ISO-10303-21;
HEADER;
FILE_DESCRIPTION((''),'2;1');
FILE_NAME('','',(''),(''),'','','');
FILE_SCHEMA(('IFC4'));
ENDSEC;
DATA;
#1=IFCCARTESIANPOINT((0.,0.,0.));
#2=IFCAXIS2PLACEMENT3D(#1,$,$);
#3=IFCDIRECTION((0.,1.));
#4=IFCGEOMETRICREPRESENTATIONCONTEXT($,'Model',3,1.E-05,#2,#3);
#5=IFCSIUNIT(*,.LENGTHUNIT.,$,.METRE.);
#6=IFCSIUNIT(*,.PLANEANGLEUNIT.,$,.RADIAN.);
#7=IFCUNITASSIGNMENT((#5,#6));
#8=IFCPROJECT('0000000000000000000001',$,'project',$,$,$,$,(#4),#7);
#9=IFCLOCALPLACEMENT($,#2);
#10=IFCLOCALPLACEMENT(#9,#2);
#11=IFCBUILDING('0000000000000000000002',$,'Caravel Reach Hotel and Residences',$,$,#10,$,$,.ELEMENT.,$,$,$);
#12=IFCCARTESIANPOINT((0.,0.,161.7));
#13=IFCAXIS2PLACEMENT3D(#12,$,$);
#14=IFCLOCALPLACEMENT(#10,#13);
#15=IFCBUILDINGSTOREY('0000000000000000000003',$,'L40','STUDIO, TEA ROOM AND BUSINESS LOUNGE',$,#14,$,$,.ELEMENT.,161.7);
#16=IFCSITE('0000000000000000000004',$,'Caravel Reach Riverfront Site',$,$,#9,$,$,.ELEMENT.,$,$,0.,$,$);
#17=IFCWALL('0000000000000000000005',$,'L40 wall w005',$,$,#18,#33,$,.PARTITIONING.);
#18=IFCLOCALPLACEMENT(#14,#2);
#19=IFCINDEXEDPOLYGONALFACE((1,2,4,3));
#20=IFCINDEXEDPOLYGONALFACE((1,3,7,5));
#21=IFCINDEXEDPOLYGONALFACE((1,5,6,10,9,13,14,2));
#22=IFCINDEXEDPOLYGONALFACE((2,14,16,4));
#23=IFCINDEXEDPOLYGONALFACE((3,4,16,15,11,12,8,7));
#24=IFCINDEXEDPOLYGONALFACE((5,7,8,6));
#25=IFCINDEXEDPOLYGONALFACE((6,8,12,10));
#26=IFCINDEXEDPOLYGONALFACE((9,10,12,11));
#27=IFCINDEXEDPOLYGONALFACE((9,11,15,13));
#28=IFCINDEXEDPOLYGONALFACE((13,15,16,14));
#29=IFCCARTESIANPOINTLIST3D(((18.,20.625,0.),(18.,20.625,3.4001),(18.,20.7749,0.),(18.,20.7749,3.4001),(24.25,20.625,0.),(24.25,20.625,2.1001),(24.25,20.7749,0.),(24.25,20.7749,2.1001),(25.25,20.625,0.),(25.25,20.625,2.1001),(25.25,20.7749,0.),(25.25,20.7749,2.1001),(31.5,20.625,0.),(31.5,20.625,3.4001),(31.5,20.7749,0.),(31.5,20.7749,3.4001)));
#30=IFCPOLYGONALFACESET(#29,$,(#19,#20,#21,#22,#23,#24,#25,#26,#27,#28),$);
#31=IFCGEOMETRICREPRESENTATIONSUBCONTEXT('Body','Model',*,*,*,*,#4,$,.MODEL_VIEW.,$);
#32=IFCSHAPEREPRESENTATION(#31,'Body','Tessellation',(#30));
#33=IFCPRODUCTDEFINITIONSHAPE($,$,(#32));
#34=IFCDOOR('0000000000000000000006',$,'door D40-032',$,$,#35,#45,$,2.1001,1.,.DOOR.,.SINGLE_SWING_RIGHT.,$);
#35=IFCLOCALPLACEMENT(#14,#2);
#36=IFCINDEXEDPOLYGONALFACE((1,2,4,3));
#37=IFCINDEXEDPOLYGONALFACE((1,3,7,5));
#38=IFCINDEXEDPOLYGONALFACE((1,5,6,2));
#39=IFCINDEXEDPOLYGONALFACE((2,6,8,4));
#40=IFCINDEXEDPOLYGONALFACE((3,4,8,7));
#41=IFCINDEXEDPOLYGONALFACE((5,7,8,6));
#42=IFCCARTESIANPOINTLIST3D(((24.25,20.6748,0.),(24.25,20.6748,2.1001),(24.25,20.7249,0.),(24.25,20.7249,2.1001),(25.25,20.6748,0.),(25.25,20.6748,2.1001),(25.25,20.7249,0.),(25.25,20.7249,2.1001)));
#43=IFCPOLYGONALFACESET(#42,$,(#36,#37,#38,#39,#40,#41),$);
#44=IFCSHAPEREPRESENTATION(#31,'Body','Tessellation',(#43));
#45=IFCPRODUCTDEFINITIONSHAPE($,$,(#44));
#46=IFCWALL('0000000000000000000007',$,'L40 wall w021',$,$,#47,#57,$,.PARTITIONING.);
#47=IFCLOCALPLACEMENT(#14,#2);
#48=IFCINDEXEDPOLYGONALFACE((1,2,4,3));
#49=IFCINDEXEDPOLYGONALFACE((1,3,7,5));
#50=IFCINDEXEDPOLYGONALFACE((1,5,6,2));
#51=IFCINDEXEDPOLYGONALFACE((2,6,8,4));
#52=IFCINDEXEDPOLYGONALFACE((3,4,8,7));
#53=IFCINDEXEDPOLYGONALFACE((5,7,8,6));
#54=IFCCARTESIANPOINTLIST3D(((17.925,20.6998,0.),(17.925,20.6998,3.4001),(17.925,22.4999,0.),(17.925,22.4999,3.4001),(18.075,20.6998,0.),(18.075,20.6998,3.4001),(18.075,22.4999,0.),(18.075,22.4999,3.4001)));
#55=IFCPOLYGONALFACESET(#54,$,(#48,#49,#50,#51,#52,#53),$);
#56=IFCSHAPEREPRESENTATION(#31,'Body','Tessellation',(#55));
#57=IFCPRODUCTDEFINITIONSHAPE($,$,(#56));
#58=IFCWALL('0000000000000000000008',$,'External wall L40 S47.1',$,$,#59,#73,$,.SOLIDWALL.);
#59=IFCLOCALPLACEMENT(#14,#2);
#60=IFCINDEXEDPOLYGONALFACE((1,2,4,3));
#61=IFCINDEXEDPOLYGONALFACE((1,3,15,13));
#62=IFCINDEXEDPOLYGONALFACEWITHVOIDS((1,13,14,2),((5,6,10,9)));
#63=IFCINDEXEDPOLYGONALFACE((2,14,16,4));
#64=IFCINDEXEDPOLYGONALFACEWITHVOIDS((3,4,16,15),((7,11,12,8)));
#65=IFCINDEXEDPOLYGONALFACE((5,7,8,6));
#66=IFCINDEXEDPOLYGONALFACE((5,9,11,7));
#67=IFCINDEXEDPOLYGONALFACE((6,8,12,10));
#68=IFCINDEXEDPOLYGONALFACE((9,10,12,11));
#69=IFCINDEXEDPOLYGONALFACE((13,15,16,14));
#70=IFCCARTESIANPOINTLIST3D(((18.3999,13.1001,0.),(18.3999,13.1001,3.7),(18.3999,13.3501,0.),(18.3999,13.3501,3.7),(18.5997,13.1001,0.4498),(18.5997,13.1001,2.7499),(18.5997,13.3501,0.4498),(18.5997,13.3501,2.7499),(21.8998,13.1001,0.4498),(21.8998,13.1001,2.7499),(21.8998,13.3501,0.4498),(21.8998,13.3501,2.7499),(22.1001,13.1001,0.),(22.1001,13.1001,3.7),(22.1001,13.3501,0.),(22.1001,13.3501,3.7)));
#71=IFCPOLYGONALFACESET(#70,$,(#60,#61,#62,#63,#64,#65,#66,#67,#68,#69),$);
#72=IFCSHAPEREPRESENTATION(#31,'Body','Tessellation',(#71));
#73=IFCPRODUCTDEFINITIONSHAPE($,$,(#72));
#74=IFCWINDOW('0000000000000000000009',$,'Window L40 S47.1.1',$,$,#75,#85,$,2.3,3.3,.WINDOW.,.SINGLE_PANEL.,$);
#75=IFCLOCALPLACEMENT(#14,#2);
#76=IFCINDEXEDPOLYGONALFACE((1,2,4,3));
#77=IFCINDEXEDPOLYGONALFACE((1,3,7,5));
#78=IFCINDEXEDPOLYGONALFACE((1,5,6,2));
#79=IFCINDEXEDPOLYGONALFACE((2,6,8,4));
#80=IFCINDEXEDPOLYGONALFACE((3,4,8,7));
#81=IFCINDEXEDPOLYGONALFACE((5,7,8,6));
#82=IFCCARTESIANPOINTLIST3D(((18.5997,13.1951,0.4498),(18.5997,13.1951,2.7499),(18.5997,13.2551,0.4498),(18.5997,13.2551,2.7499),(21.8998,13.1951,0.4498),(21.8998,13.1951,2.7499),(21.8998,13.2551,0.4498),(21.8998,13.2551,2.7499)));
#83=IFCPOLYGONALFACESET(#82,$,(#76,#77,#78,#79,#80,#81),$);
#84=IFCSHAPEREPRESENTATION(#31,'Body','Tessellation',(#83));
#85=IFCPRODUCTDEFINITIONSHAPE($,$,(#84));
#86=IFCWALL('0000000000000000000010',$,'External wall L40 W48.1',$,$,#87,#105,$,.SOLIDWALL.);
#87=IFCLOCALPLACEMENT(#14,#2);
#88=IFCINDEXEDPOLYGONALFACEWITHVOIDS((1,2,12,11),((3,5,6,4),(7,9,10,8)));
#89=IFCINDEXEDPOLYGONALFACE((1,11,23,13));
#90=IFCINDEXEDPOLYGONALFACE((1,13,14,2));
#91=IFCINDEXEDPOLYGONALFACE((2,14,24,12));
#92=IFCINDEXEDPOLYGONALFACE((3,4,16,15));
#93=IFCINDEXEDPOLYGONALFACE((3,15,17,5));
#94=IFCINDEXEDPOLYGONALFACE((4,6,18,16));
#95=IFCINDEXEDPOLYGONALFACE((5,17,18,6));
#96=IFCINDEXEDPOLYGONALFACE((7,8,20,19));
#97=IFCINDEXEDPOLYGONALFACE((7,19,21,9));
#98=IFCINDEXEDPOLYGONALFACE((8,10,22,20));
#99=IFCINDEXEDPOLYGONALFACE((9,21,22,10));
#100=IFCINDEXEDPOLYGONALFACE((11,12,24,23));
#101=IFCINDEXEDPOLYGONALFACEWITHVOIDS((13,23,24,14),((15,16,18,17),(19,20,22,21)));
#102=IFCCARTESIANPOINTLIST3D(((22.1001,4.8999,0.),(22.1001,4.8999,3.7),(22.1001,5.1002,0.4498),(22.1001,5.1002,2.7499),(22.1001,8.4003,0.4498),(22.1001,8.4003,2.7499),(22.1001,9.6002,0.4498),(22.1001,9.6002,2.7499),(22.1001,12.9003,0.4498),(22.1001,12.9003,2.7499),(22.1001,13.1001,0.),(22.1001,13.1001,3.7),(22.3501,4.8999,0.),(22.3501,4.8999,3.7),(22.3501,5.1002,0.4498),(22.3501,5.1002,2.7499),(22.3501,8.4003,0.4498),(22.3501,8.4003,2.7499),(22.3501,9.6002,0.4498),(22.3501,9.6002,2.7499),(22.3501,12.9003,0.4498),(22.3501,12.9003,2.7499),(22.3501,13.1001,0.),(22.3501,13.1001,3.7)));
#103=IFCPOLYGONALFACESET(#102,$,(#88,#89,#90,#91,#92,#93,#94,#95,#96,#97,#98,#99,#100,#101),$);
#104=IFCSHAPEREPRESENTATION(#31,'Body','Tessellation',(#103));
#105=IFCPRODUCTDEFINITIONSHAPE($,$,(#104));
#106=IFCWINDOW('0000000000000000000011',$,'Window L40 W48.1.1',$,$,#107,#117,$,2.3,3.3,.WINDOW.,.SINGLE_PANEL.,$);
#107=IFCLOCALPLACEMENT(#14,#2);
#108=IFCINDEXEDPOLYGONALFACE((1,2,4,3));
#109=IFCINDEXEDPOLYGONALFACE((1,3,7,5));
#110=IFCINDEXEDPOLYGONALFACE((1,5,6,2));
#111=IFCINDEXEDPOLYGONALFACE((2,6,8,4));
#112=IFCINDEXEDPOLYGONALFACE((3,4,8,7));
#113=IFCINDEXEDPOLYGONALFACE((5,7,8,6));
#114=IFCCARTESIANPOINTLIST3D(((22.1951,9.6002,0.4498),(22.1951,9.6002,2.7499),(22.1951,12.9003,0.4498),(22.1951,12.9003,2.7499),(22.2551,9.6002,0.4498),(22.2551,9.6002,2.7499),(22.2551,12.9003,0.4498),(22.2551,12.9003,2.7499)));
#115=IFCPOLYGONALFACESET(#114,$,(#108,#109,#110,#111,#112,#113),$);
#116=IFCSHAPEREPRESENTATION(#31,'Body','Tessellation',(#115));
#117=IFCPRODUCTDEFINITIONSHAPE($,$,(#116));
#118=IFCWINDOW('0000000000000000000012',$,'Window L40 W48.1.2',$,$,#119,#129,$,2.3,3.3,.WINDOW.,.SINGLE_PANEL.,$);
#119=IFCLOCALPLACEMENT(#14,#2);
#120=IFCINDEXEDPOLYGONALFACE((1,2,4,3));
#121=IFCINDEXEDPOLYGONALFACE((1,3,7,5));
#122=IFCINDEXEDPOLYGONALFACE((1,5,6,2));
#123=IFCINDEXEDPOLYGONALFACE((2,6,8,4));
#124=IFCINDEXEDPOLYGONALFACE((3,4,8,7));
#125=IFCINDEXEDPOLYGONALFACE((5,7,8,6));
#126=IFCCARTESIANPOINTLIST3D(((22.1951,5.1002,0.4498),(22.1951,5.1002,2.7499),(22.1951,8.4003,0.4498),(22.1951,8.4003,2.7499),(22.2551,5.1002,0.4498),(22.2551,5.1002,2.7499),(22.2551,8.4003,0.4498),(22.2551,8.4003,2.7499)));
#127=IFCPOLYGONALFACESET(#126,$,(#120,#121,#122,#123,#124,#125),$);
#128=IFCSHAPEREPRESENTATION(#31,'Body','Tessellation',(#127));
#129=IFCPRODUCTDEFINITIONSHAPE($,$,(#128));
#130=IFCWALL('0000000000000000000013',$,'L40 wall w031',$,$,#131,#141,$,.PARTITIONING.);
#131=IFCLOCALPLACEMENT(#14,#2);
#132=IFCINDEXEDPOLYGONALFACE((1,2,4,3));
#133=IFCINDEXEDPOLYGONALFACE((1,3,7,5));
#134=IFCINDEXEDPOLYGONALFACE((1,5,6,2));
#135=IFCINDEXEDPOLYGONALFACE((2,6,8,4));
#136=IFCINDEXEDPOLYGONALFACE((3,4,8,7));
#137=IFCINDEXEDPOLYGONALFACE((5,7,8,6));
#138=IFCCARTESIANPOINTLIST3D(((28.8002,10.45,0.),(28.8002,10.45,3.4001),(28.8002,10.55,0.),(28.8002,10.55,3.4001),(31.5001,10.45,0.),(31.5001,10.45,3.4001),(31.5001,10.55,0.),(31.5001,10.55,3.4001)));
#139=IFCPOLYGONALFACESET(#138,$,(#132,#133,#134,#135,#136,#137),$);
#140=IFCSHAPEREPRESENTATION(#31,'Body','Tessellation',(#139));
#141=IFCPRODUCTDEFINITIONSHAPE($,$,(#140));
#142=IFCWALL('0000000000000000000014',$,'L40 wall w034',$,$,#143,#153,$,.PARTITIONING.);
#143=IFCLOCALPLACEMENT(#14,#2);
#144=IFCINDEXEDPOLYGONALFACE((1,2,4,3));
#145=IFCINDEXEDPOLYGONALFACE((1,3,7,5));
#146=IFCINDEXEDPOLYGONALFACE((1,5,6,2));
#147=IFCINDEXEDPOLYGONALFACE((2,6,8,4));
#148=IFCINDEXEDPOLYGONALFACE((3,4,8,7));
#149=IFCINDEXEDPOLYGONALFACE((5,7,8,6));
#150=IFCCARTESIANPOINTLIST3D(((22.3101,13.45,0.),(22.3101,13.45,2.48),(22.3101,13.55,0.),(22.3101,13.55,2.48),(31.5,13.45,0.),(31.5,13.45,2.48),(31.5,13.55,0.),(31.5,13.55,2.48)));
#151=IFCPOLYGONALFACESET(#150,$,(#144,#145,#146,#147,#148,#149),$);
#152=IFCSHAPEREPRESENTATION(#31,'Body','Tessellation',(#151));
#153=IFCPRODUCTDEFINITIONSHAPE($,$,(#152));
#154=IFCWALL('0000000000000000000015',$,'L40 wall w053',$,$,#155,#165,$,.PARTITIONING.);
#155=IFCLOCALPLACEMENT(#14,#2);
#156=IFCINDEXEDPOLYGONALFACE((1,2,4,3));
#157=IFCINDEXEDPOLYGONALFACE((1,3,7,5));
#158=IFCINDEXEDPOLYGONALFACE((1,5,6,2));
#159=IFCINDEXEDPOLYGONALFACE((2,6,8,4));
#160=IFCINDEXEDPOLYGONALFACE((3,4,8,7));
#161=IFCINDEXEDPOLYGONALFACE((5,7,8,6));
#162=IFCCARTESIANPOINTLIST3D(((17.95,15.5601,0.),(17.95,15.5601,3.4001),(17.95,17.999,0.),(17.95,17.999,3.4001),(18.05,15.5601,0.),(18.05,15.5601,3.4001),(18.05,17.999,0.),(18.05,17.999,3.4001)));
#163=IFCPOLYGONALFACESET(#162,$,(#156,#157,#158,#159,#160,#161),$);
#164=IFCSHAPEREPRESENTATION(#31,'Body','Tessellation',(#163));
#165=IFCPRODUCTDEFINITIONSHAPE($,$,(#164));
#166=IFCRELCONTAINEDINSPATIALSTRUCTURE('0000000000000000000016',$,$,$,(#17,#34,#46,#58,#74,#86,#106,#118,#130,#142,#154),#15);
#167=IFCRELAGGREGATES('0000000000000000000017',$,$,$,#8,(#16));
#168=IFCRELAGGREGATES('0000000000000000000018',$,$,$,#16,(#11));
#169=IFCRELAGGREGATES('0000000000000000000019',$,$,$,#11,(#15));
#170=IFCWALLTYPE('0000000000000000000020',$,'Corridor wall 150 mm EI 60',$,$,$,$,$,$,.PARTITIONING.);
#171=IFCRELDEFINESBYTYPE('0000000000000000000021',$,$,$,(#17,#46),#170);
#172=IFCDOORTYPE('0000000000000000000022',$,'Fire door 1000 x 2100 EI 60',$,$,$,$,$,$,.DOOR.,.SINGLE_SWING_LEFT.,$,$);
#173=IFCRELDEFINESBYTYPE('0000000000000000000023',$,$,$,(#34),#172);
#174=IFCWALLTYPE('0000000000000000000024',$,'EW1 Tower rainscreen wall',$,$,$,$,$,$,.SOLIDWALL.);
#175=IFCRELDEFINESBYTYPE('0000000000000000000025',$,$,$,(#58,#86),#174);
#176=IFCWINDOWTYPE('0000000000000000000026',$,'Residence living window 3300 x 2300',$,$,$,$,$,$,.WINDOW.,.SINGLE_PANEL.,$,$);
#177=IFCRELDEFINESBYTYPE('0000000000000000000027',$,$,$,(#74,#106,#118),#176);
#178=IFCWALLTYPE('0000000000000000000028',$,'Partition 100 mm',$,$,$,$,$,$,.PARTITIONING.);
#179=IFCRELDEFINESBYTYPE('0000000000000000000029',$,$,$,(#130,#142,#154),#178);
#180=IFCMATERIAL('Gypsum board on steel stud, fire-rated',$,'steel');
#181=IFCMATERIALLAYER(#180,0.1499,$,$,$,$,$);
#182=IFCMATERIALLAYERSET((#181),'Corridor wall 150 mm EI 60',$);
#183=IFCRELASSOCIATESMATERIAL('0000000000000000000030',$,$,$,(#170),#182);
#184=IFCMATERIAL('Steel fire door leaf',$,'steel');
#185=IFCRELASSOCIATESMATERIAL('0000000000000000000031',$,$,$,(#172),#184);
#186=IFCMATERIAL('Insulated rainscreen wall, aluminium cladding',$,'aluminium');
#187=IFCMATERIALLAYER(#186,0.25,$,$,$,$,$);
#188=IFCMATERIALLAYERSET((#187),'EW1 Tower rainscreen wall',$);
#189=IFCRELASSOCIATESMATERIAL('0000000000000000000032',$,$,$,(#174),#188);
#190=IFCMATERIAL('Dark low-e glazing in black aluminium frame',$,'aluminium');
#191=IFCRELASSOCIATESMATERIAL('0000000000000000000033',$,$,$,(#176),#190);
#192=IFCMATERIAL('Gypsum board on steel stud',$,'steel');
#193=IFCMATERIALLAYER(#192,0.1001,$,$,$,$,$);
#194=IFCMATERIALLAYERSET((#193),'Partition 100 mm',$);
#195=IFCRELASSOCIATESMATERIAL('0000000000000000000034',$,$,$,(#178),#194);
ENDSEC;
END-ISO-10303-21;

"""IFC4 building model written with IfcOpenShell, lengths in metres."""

from ifc_helpers import new_model, si_unit, direction, frame, frame_2d, origin, place, context, subcontext, project, spatial, rectangle, extrude, material, layer, layer_set, type_object, element, fill, save


model = new_model("IFC4")

# Units and contexts
model_context = context("Model", 3, precision=1e-05, world=origin(), true_north=direction((0.0, 1.0)))
body_context = subcontext(model_context, "Body", "Model", "MODEL_VIEW")
ifc_project = project(units=[si_unit("LENGTHUNIT", "METRE"), si_unit("PLANEANGLEUNIT", "RADIAN")], contexts=[model_context])

# Site, building, storey
site_placement = place(None, origin())
site = spatial("IfcSite", under=ifc_project, at=site_placement, Name="Caravel Reach Riverfront Site", CompositionType="ELEMENT", RefElevation=0.0)
building_placement = place(site_placement, origin())
building = spatial("IfcBuilding", under=site, at=building_placement, Name="Caravel Reach Hotel and Residences", CompositionType="ELEMENT")
storey_placement = place(building_placement, frame((0.0, 0.0, 161.7)))
storey = spatial("IfcBuildingStorey", under=building, at=storey_placement, Name="L40", Description="STUDIO, TEA ROOM AND BUSINESS LOUNGE", CompositionType="ELEMENT", Elevation=161.7)

# Wall, opening, door
ifc_material_1 = material(Name="Gypsum board on steel stud, fire-rated", Category="steel")
ifc_layer_1 = layer(ifc_material_1, 0.1499)
ifc_layer_set_1 = layer_set([ifc_layer_1], Name="Corridor wall 150 mm EI 60")
wall_type_1 = type_object("IfcWallType", Name="Corridor wall 150 mm EI 60", PredefinedType="PARTITIONING", material=ifc_layer_set_1)
wall_1_placement = place(storey_placement, frame((18.0, 20.7, 0.0), z_axis=(0.0, 0.0, 1.0), x_axis=(1.0, 0.0, 0.0)))
wall_1 = element("IfcWall", 1, at=wall_1_placement, inside=storey, type_object=wall_type_1, Name="L40 wall w005", PredefinedType="PARTITIONING", context=body_context, shape_type="SweptSolid", body=[
    extrude(rectangle(XDim=13.5, YDim=0.1499, at=frame_2d((6.75, 0.0))), origin(), (0.0, 0.0, 1.0), 3.4001),
])
opening_1_placement = place(wall_1_placement, frame((6.25, 0.0, 0.0)))
opening_1 = element("IfcOpeningElement", 2, at=opening_1_placement, cuts=wall_1, PredefinedType="OPENING", context=body_context, shape_type="SweptSolid", body=[
    extrude(rectangle(XDim=1.0, YDim=2.1001, at=frame_2d((0.5, 1.05))), frame((0.0, 0.085, 0.0), z_axis=(0.0, -1.0, 0.0), x_axis=(1.0, 0.0, 0.0)), (0.0, 0.0, 1.0), 0.1699),
])
ifc_material_2 = material(Name="Steel fire door leaf", Category="steel")
door_type_1 = type_object("IfcDoorType", Name="Fire door 1000 x 2100 EI 60", OperationType="SINGLE_SWING_LEFT", PredefinedType="DOOR", material=ifc_material_2)
door_1_placement = place(opening_1_placement, origin())
door_1 = element("IfcDoor", 3, at=door_1_placement, inside=storey, type_object=door_type_1, Name="door D40-032", OperationType="SINGLE_SWING_RIGHT", OverallHeight=2.1001, OverallWidth=1.0, PredefinedType="DOOR", context=body_context, shape_type="SweptSolid", body=[
    extrude(rectangle(XDim=1.0, YDim=2.1001, at=frame_2d((0.5, 1.05))), frame((0.0, 0.0249, 0.0), z_axis=(0.0, -1.0, 0.0), x_axis=(1.0, 0.0, 0.0)), (0.0, 0.0, 1.0), 0.05),
])
fill(opening_1, door_1)

# Wall
wall_2_placement = place(storey_placement, frame((18.0, 20.7, 0.0), z_axis=(0.0, 0.0, 1.0), x_axis=(0.0, 1.0, 0.0)))
element("IfcWall", 4, at=wall_2_placement, inside=storey, type_object=wall_type_1, Name="L40 wall w021", PredefinedType="PARTITIONING", context=body_context, shape_type="SweptSolid", body=[
    extrude(rectangle(XDim=1.8, YDim=0.1499, at=frame_2d((0.8999, 0.0))), origin(), (0.0, 0.0, 1.0), 3.4001),
])

# Wall, opening, window
ifc_material_3 = material(Name="Insulated rainscreen wall, aluminium cladding", Category="aluminium")
ifc_layer_2 = layer(ifc_material_3, 0.25)
ifc_layer_set_2 = layer_set([ifc_layer_2], Name="EW1 Tower rainscreen wall")
wall_type_2 = type_object("IfcWallType", Name="EW1 Tower rainscreen wall", PredefinedType="SOLIDWALL", material=ifc_layer_set_2)
wall_3_placement = place(storey_placement, frame((18.3999, 13.2251, 0.0), z_axis=(0.0, 0.0, 1.0), x_axis=(1.0, 0.0, 0.0)))
wall_3 = element("IfcWall", 5, at=wall_3_placement, inside=storey, type_object=wall_type_2, Name="External wall L40 S47.1", PredefinedType="SOLIDWALL", context=body_context, shape_type="SweptSolid", body=[
    extrude(rectangle(XDim=3.7002, YDim=0.25, at=frame_2d((1.8501, 0.0))), origin(), (0.0, 0.0, 1.0), 3.7),
])
opening_2_placement = place(wall_3_placement, frame((0.2, 0.0, 0.45)))
opening_2 = element("IfcOpeningElement", 6, at=opening_2_placement, cuts=wall_3, PredefinedType="OPENING", context=body_context, shape_type="SweptSolid", body=[
    extrude(rectangle(XDim=3.3, YDim=2.3, at=frame_2d((1.6499, 1.1499))), frame((0.0, 0.135, 0.0), z_axis=(0.0, -1.0, 0.0), x_axis=(1.0, 0.0, 0.0)), (0.0, 0.0, 1.0), 0.27),
])
ifc_material_4 = material(Name="Dark low-e glazing in black aluminium frame", Category="aluminium")
window_type = type_object("IfcWindowType", Name="Residence living window 3300 x 2300", PartitioningType="SINGLE_PANEL", PredefinedType="WINDOW", material=ifc_material_4)
window_1_placement = place(opening_2_placement, origin())
window_1 = element("IfcWindow", 7, at=window_1_placement, inside=storey, type_object=window_type, Name="Window L40 S47.1.1", OverallHeight=2.3, OverallWidth=3.3, PartitioningType="SINGLE_PANEL", PredefinedType="WINDOW", context=body_context, shape_type="SweptSolid", body=[
    extrude(rectangle(XDim=3.3, YDim=2.3, at=frame_2d((1.6499, 1.1499))), frame((0.0, 0.03, 0.0), z_axis=(0.0, -1.0, 0.0), x_axis=(1.0, 0.0, 0.0)), (0.0, 0.0, 1.0), 0.0601),
])
fill(opening_2, window_1)

# Wall, openings, windows
wall_4_placement = place(storey_placement, frame((22.2251, 13.1001, 0.0), z_axis=(0.0, 0.0, 1.0), x_axis=(0.0, -1.0, 0.0)))
wall_4 = element("IfcWall", 8, at=wall_4_placement, inside=storey, type_object=wall_type_2, Name="External wall L40 W48.1", PredefinedType="SOLIDWALL", context=body_context, shape_type="SweptSolid", body=[
    extrude(rectangle(XDim=8.2002, YDim=0.25, at=frame_2d((4.1001, 0.0))), origin(), (0.0, 0.0, 1.0), 3.7),
])
opening_3_placement = place(wall_4_placement, frame((0.2, 0.0, 0.45)))
opening_3 = element("IfcOpeningElement", 9, at=opening_3_placement, cuts=wall_4, PredefinedType="OPENING", context=body_context, shape_type="SweptSolid", body=[
    extrude(rectangle(XDim=3.3, YDim=2.3, at=frame_2d((1.6499, 1.1499))), frame((0.0, 0.135, 0.0), z_axis=(0.0, -1.0, 0.0), x_axis=(1.0, 0.0, 0.0)), (0.0, 0.0, 1.0), 0.27),
])
opening_4_placement = place(wall_4_placement, frame((4.7, 0.0, 0.45)))
opening_4 = element("IfcOpeningElement", 10, at=opening_4_placement, cuts=wall_4, PredefinedType="OPENING", context=body_context, shape_type="SweptSolid", body=[
    extrude(rectangle(XDim=3.3, YDim=2.3, at=frame_2d((1.6499, 1.1499))), frame((0.0, 0.135, 0.0), z_axis=(0.0, -1.0, 0.0), x_axis=(1.0, 0.0, 0.0)), (0.0, 0.0, 1.0), 0.27),
])
window_2_placement = place(opening_3_placement, origin())
window_2 = element("IfcWindow", 11, at=window_2_placement, inside=storey, type_object=window_type, Name="Window L40 W48.1.1", OverallHeight=2.3, OverallWidth=3.3, PartitioningType="SINGLE_PANEL", PredefinedType="WINDOW", context=body_context, shape_type="SweptSolid", body=[
    extrude(rectangle(XDim=3.3, YDim=2.3, at=frame_2d((1.6499, 1.1499))), frame((0.0, 0.03, 0.0), z_axis=(0.0, -1.0, 0.0), x_axis=(1.0, 0.0, 0.0)), (0.0, 0.0, 1.0), 0.0601),
])
fill(opening_3, window_2)
window_3_placement = place(opening_4_placement, origin())
window_3 = element("IfcWindow", 12, at=window_3_placement, inside=storey, type_object=window_type, Name="Window L40 W48.1.2", OverallHeight=2.3, OverallWidth=3.3, PartitioningType="SINGLE_PANEL", PredefinedType="WINDOW", context=body_context, shape_type="SweptSolid", body=[
    extrude(rectangle(XDim=3.3, YDim=2.3, at=frame_2d((1.6499, 1.1499))), frame((0.0, 0.03, 0.0), z_axis=(0.0, -1.0, 0.0), x_axis=(1.0, 0.0, 0.0)), (0.0, 0.0, 1.0), 0.0601),
])
fill(opening_4, window_3)

# Walls
ifc_material_5 = material(Name="Gypsum board on steel stud", Category="steel")
ifc_layer_3 = layer(ifc_material_5, 0.1001)
ifc_layer_set_3 = layer_set([ifc_layer_3], Name="Partition 100 mm")
wall_type_3 = type_object("IfcWallType", Name="Partition 100 mm", PredefinedType="PARTITIONING", material=ifc_layer_set_3)
wall_5_placement = place(storey_placement, frame((28.8, 10.5, 0.0), z_axis=(0.0, 0.0, 1.0), x_axis=(1.0, 0.0, 0.0)))
element("IfcWall", 13, at=wall_5_placement, inside=storey, type_object=wall_type_3, Name="L40 wall w031", PredefinedType="PARTITIONING", context=body_context, shape_type="SweptSolid", body=[
    extrude(rectangle(XDim=2.7, YDim=0.1001, at=frame_2d((1.3501, 0.0))), origin(), (0.0, 0.0, 1.0), 3.4001),
])
wall_6_placement = place(storey_placement, frame((22.3101, 13.5, 0.0), z_axis=(0.0, 0.0, 1.0), x_axis=(1.0, 0.0, 0.0)))
element("IfcWall", 14, at=wall_6_placement, inside=storey, type_object=wall_type_3, Name="L40 wall w034", PredefinedType="PARTITIONING", context=body_context, shape_type="SweptSolid", body=[
    extrude(rectangle(XDim=9.1899, YDim=0.1001, at=frame_2d((4.595, 0.0))), origin(), (0.0, 0.0, 1.0), 2.48),
])
wall_7_placement = place(storey_placement, frame((18.0, 15.5601, 0.0), z_axis=(0.0, 0.0, 1.0), x_axis=(0.0, 1.0, 0.0)))
element("IfcWall", 15, at=wall_7_placement, inside=storey, type_object=wall_type_3, Name="L40 wall w053", PredefinedType="PARTITIONING", context=body_context, shape_type="SweptSolid", body=[
    extrude(rectangle(XDim=2.439, YDim=0.1001, at=frame_2d((1.2195, 0.0))), origin(), (0.0, 0.0, 1.0), 3.4001),
])

save(model, "model.ifc")
